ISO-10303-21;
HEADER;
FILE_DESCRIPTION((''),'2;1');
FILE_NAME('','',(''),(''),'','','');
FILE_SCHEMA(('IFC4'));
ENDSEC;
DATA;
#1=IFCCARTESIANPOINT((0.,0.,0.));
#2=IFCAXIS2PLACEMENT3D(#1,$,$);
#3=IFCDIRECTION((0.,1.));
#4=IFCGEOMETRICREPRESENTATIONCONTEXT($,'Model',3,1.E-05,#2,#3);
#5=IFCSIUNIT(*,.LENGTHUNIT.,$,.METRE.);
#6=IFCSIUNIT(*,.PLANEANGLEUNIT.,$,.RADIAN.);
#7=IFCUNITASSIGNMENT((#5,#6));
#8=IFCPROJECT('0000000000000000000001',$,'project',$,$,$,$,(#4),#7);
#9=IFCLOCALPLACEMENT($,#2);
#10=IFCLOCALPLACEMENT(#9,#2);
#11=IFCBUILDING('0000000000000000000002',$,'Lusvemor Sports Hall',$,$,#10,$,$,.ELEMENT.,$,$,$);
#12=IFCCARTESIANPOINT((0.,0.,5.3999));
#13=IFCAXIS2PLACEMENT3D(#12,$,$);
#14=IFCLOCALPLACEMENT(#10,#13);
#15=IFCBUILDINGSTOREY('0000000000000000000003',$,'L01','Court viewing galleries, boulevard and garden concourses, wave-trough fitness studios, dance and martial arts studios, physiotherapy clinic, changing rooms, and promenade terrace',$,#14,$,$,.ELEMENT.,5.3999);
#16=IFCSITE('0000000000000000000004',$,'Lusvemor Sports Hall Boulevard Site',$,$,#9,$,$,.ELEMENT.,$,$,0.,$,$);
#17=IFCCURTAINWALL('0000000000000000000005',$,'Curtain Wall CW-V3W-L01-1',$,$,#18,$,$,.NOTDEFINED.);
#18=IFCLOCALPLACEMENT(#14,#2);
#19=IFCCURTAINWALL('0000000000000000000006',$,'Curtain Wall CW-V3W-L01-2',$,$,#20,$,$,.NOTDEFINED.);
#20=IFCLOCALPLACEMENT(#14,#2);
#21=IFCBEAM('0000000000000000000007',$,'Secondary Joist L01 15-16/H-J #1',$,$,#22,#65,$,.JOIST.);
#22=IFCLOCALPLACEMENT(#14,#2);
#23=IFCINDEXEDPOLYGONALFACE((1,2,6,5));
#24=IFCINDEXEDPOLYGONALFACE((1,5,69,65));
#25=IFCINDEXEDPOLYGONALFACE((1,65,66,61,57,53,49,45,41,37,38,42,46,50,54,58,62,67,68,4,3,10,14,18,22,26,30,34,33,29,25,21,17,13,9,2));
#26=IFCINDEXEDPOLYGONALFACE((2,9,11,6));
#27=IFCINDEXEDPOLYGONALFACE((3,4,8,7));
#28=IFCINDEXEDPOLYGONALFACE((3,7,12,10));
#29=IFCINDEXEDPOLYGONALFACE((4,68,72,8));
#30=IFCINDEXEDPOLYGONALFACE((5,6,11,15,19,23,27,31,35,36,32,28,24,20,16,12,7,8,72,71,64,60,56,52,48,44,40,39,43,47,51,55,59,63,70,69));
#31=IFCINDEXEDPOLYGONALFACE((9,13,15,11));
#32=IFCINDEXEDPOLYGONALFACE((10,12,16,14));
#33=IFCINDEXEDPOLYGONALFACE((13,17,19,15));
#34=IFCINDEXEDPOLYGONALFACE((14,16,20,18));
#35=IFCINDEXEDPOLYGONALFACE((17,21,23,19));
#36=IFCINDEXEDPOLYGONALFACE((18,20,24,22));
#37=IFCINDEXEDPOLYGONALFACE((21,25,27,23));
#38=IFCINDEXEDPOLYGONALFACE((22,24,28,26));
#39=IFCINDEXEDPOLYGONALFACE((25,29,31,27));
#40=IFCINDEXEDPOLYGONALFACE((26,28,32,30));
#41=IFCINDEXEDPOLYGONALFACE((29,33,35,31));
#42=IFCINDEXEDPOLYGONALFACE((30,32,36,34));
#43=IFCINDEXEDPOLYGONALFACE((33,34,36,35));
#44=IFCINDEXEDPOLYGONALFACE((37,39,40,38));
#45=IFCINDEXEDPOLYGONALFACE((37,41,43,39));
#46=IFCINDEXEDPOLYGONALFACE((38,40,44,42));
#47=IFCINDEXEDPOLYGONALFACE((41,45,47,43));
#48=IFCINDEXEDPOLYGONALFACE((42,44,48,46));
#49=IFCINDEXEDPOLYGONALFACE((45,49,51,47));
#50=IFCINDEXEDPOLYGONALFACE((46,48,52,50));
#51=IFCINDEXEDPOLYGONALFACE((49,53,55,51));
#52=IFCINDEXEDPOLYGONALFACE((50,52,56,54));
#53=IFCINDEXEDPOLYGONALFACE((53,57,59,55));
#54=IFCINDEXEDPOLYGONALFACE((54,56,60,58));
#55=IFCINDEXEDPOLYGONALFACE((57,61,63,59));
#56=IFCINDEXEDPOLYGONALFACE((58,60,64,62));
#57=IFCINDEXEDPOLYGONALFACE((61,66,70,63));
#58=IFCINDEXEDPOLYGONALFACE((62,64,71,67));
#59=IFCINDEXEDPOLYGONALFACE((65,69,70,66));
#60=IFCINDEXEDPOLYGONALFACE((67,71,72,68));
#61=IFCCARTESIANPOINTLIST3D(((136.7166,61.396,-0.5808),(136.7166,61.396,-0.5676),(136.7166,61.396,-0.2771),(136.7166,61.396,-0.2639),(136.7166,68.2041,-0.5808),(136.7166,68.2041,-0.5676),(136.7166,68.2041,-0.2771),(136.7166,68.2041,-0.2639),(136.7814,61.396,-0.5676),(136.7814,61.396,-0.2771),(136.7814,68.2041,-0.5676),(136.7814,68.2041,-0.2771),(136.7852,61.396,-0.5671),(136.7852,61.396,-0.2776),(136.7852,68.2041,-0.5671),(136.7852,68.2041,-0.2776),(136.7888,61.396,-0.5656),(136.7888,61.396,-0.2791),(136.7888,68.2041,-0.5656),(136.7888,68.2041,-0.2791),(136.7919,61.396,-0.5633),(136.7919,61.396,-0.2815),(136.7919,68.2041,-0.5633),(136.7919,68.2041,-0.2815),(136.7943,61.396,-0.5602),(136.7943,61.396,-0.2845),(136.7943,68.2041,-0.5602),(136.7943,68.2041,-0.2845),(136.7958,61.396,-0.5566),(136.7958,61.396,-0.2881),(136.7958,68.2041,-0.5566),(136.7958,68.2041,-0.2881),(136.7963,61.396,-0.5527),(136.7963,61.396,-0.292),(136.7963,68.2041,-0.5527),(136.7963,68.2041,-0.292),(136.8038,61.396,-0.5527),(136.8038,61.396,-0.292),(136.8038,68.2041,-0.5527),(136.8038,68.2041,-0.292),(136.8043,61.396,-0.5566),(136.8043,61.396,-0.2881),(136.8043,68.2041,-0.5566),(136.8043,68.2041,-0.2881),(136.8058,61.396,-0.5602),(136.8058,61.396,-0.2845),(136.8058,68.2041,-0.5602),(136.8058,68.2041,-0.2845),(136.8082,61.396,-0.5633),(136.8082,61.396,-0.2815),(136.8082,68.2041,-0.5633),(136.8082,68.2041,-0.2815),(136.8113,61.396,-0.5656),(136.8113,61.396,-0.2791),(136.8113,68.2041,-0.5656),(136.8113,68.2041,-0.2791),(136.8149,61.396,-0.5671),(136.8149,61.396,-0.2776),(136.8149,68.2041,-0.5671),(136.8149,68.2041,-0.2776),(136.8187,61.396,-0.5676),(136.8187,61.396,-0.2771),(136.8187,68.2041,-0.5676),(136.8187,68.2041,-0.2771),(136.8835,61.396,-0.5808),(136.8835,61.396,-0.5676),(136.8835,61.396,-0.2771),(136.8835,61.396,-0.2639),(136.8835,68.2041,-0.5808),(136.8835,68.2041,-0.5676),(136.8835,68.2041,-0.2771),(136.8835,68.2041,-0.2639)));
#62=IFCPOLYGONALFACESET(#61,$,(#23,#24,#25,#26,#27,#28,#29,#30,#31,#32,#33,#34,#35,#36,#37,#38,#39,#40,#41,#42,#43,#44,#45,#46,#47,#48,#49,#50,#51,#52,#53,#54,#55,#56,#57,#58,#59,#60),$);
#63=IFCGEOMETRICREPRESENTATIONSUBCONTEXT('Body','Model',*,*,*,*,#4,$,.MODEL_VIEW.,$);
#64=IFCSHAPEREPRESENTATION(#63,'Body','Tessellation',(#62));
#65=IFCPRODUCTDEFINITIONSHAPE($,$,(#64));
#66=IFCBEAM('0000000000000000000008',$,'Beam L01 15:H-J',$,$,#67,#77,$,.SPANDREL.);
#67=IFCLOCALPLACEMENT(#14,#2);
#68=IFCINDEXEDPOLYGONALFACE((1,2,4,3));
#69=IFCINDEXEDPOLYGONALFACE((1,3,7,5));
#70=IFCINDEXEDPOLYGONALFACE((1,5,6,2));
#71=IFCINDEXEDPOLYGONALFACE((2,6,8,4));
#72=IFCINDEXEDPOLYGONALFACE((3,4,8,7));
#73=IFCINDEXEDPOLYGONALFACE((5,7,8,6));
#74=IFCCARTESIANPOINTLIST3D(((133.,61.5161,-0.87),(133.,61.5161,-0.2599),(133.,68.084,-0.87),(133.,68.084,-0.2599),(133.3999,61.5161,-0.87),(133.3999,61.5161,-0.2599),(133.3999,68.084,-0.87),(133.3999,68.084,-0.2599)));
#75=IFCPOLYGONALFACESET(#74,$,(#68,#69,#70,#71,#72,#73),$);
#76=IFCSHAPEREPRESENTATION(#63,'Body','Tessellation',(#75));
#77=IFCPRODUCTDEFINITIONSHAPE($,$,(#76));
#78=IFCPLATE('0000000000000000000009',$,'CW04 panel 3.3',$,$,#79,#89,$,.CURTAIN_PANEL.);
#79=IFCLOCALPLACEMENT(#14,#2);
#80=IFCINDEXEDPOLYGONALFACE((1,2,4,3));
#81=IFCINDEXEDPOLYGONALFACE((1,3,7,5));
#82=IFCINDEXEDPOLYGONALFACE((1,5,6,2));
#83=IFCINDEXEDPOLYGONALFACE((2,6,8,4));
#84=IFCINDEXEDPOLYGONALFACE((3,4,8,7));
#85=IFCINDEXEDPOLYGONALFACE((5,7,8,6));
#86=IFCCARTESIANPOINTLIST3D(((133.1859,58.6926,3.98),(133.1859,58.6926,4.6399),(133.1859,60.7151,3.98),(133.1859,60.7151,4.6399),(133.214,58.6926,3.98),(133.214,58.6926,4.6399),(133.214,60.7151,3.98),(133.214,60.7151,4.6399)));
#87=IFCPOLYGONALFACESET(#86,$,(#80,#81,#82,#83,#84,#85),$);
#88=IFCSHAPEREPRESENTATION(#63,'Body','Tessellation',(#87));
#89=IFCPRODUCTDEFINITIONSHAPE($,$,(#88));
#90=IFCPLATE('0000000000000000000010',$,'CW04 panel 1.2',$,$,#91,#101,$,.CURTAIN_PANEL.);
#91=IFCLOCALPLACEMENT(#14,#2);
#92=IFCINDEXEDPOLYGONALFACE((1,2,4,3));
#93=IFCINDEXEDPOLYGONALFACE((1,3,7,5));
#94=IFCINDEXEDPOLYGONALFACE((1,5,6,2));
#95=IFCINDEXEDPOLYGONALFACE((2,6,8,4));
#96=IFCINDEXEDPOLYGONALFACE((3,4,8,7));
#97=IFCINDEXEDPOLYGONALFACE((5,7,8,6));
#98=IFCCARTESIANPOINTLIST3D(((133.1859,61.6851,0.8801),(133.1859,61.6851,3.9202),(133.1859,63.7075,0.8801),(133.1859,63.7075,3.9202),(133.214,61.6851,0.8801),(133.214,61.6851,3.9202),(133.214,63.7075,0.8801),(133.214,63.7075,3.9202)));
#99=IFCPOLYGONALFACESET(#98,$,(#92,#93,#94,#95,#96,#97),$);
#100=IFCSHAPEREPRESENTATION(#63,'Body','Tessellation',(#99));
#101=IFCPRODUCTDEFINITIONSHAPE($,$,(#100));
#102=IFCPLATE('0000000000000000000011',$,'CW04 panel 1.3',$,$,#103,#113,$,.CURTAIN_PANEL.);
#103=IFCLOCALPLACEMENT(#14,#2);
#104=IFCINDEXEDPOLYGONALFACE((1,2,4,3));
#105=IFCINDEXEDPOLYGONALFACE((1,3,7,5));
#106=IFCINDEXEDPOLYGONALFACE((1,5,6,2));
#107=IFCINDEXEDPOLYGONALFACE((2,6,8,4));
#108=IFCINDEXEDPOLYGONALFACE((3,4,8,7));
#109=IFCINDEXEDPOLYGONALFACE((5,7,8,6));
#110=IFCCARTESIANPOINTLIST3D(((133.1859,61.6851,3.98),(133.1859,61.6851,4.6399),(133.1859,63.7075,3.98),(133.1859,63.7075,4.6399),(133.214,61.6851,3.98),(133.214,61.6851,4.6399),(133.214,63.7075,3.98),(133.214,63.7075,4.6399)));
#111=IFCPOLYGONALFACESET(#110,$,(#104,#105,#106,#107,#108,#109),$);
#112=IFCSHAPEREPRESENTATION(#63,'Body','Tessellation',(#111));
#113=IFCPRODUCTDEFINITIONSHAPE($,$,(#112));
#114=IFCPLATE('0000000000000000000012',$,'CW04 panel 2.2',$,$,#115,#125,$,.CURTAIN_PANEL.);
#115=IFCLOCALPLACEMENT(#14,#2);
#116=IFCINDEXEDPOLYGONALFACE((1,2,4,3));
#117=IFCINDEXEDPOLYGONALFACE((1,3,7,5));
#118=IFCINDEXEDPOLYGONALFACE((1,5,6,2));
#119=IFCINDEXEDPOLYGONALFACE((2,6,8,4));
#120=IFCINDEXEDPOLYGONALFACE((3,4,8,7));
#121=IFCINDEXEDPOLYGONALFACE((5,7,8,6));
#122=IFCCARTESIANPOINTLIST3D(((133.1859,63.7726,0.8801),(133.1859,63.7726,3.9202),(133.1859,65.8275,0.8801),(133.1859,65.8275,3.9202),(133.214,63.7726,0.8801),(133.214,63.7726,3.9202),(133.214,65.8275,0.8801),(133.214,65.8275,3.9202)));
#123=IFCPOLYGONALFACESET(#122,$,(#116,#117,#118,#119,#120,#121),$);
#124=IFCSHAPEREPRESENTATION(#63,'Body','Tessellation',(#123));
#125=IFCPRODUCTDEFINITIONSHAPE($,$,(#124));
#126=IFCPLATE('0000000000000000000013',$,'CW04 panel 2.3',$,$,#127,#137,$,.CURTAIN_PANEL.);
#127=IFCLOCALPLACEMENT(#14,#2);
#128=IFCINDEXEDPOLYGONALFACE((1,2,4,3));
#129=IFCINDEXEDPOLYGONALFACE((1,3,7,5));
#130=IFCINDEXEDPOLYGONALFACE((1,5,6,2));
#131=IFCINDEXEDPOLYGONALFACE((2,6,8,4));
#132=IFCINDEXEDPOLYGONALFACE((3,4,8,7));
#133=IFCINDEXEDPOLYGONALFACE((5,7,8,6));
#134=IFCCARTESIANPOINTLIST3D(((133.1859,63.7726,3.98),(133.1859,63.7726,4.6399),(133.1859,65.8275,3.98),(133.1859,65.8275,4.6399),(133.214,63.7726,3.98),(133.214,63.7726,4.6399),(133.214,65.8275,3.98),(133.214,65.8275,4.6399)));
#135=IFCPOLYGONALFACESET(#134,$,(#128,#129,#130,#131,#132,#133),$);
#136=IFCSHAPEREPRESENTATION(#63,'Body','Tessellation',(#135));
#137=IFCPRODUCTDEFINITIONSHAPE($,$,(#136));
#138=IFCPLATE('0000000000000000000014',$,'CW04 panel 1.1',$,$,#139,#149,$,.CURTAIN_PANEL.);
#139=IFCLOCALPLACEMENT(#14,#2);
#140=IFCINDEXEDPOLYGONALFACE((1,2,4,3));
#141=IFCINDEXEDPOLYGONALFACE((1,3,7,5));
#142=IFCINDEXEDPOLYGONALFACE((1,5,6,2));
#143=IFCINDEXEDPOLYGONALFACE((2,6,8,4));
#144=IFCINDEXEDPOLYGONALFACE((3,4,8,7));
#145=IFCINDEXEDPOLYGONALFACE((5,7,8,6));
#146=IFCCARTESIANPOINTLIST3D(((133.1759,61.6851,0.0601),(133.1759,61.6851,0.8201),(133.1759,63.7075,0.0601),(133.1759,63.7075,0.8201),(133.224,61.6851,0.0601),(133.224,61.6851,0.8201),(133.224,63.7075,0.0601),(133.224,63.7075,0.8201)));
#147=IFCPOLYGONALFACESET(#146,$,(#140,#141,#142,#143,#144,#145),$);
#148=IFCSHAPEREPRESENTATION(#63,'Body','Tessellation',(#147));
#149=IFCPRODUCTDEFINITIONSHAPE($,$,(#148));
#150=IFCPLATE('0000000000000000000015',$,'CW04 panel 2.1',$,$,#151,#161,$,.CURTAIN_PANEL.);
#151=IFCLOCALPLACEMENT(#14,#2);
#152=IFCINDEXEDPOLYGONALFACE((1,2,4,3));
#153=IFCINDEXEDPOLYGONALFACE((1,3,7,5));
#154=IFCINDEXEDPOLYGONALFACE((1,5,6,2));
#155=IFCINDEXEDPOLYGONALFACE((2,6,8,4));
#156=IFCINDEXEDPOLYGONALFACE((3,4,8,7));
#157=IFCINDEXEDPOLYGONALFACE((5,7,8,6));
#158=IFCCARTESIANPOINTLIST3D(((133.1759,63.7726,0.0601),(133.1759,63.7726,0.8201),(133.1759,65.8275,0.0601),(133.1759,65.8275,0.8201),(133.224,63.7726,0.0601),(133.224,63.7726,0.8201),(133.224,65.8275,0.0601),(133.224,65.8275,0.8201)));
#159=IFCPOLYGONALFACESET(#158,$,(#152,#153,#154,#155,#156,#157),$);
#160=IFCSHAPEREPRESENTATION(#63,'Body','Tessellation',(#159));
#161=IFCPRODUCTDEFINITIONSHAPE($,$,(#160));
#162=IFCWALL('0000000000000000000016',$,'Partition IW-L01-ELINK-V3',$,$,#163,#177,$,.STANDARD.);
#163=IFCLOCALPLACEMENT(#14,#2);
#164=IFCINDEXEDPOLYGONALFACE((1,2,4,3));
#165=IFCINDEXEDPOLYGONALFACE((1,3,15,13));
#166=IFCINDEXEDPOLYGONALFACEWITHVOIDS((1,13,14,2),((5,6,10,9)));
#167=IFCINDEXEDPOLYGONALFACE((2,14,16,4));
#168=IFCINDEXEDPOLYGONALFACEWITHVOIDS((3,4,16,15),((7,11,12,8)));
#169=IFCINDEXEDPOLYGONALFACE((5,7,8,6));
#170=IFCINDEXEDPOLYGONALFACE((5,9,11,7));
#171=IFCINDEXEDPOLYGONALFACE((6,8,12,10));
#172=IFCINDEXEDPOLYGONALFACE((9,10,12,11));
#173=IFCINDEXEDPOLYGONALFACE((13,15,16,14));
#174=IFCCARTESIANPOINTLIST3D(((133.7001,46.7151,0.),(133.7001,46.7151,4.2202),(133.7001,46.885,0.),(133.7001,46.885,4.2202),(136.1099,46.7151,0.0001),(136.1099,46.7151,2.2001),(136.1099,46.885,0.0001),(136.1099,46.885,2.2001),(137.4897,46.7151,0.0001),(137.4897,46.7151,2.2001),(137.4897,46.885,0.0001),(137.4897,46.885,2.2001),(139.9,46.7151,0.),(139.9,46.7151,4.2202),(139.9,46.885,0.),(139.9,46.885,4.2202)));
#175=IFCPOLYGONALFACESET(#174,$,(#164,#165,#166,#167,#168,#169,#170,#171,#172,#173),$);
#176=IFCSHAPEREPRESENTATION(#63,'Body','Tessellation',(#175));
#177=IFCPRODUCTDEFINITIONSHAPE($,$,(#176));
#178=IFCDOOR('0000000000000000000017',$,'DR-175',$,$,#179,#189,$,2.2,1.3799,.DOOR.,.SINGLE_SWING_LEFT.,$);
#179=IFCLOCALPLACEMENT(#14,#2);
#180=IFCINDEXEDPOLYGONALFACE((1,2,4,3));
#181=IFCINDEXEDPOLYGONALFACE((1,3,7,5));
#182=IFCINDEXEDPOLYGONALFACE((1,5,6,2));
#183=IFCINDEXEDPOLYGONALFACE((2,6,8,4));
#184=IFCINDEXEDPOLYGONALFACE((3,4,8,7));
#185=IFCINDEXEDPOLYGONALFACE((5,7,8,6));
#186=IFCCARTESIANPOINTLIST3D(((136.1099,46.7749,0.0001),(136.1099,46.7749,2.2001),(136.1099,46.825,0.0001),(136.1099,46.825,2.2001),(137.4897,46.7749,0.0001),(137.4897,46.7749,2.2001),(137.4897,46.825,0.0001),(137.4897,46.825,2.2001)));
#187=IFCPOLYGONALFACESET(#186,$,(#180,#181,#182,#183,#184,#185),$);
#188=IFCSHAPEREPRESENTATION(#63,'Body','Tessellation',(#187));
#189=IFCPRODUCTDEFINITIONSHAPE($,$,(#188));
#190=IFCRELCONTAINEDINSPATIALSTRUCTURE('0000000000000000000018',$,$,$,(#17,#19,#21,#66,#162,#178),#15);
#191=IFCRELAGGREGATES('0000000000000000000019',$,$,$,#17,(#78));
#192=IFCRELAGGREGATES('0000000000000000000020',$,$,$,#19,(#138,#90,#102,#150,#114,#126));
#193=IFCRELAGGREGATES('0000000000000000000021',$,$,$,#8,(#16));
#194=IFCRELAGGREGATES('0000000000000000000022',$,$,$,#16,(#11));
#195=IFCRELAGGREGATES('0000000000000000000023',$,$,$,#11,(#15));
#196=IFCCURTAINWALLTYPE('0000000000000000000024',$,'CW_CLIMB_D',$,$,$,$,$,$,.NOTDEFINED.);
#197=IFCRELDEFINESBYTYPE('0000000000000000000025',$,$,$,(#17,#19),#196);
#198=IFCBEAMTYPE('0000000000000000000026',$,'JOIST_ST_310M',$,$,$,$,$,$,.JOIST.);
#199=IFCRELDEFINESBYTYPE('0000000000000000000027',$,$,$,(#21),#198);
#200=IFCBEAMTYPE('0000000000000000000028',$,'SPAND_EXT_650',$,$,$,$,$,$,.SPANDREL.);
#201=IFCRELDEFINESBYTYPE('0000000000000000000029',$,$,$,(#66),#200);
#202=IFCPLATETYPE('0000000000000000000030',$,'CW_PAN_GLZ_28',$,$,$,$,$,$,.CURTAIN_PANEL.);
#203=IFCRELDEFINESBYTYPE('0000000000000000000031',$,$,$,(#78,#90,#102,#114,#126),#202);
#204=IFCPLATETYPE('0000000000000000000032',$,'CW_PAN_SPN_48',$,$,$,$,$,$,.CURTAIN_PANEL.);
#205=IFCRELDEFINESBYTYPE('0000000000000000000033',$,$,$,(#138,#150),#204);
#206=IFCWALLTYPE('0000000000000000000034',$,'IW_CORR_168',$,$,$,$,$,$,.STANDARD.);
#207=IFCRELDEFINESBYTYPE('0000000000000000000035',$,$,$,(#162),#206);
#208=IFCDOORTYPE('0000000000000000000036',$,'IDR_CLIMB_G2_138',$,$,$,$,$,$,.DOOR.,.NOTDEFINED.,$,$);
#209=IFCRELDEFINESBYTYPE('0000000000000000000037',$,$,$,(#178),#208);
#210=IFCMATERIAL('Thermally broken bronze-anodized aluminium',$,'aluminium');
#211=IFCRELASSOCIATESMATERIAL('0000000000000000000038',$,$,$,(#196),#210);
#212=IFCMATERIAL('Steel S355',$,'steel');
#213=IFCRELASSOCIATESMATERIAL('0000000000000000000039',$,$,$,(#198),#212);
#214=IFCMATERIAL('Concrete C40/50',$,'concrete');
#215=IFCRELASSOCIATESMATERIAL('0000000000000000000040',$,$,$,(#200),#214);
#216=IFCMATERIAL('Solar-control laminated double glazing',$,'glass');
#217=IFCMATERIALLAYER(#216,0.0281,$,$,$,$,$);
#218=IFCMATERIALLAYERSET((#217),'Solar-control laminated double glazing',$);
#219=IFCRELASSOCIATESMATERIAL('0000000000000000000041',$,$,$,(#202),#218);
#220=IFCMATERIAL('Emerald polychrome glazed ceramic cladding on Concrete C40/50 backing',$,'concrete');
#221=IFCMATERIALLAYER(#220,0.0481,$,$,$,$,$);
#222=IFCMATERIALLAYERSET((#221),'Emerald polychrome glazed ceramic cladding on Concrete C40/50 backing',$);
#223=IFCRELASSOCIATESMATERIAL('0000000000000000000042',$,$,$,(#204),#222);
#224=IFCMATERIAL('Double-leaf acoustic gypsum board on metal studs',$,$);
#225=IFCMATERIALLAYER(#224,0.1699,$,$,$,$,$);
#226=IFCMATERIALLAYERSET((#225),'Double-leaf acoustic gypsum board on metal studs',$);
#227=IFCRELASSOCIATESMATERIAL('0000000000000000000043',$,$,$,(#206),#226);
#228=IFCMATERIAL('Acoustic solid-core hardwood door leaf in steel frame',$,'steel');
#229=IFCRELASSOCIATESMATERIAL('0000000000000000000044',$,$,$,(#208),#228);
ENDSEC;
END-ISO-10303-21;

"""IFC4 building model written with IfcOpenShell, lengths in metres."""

from ifc_helpers import new_model, si_unit, direction, frame, frame_2d, origin, origin_2d, place, context, subcontext, project, spatial, rectangle, i_section, extrude, material, layer, layer_set, material_profile, profile_set, type_object, element, fill, aggregate, save


model = new_model("IFC4")

# Units and contexts
model_context = context("Model", 3, precision=1e-05, world=origin(), true_north=direction((0.0, 1.0)))
body_context = subcontext(model_context, "Body", "Model", "MODEL_VIEW")
ifc_project = project(units=[si_unit("LENGTHUNIT", "METRE"), si_unit("PLANEANGLEUNIT", "RADIAN")], contexts=[model_context])

# Site, building, storey
site_placement = place(None, origin())
site = spatial("IfcSite", under=ifc_project, at=site_placement, Name="Lusvemor Sports Hall Boulevard Site", CompositionType="ELEMENT", RefElevation=0.0)
building_placement = place(site_placement, origin())
building = spatial("IfcBuilding", under=site, at=building_placement, Name="Lusvemor Sports Hall", CompositionType="ELEMENT")
storey_placement = place(building_placement, frame((0.0, 0.0, 5.3999)))
storey = spatial("IfcBuildingStorey", under=building, at=storey_placement, Name="L01", Description="Court viewing galleries, boulevard and garden concourses, wave-trough fitness studios, dance and martial arts studios, physiotherapy clinic, changing rooms, and promenade terrace", CompositionType="ELEMENT", Elevation=5.3999)

# Curtain wall
ifc_material_1 = material(Name="Thermally broken bronze-anodized aluminium", Category="aluminium")
curtain_wall_type = type_object("IfcCurtainWallType", Name="CW_CLIMB_D", PredefinedType="NOTDEFINED", material=ifc_material_1)
curtain_wall_1_placement = place(storey_placement, origin())
curtain_wall_1 = element("IfcCurtainWall", 1, at=curtain_wall_1_placement, inside=storey, type_object=curtain_wall_type, Name="Curtain Wall CW-V3W-L01-1", PredefinedType="NOTDEFINED")

# Curtain wall
curtain_wall_2_placement = place(storey_placement, origin())
curtain_wall_2 = element("IfcCurtainWall", 2, at=curtain_wall_2_placement, inside=storey, type_object=curtain_wall_type, Name="Curtain Wall CW-V3W-L01-2", PredefinedType="NOTDEFINED")

# Beams
ifc_material_2 = material(Name="Steel S355", Category="steel")
ifc_material_profile_1 = material_profile(ifc_material_2, i_section(OverallWidth=0.167, OverallDepth=0.3169, WebThickness=0.0076, FlangeThickness=0.0132, FilletRadius=0.0149, at=origin_2d()), Name="W310x52.0")
ifc_profile_set_1 = profile_set([ifc_material_profile_1], Name="Steel S355")
beam_type_1 = type_object("IfcBeamType", Name="JOIST_ST_310M", PredefinedType="JOIST", material=ifc_profile_set_1)
beam_1_placement = place(storey_placement, frame((136.8, 61.396, -0.4224), z_axis=(0.0, 1.0, 0.0), x_axis=(-1.0, 0.0, 0.0)))
element("IfcBeam", 3, at=beam_1_placement, inside=storey, type_object=beam_type_1, Name="Secondary Joist L01 15-16/H-J #1", PredefinedType="JOIST", context=body_context, shape_type="SweptSolid", body=[
    extrude(i_section(OverallWidth=0.167, OverallDepth=0.3169, WebThickness=0.0076, FlangeThickness=0.0132, FilletRadius=0.0149, at=origin_2d()), origin(), (0.0, 0.0, 1.0), 6.8081),
])
ifc_material_3 = material(Name="Concrete C40/50", Category="concrete")
ifc_material_profile_2 = material_profile(ifc_material_3, rectangle(XDim=0.3999, YDim=0.6101, at=origin_2d()), Name="RC400x610")
ifc_profile_set_2 = profile_set([ifc_material_profile_2], Name="Concrete C40/50")
beam_type_2 = type_object("IfcBeamType", Name="SPAND_EXT_650", PredefinedType="SPANDREL", material=ifc_profile_set_2)
beam_2_placement = place(storey_placement, frame((133.2, 61.5161, -0.5649), z_axis=(0.0, 1.0, 0.0), x_axis=(-1.0, 0.0, 0.0)))
element("IfcBeam", 4, at=beam_2_placement, inside=storey, type_object=beam_type_2, Name="Beam L01 15:H-J", PredefinedType="SPANDREL", context=body_context, shape_type="SweptSolid", body=[
    extrude(rectangle(XDim=0.3999, YDim=0.6101, at=origin_2d()), origin(), (0.0, 0.0, 1.0), 6.5679),
])

# Plates
ifc_material_4 = material(Name="Solar-control laminated double glazing", Category="glass")
ifc_layer_1 = layer(ifc_material_4, 0.0281)
ifc_layer_set_1 = layer_set([ifc_layer_1], Name="Solar-control laminated double glazing")
plate_type_1 = type_object("IfcPlateType", Name="CW_PAN_GLZ_28", PredefinedType="CURTAIN_PANEL", material=ifc_layer_set_1)
plate_1_placement = place(storey_placement, frame((133.2, 59.7039, 3.98), z_axis=(0.0, 0.0, 1.0), x_axis=(0.0, 1.0, 0.0)))
plate_1 = element("IfcPlate", 5, at=plate_1_placement, type_object=plate_type_1, Name="CW04 panel 3.3", PredefinedType="CURTAIN_PANEL", context=body_context, shape_type="SweptSolid", body=[
    extrude(rectangle(XDim=2.0225, YDim=0.0281, at=origin_2d()), origin(), (0.0, 0.0, 1.0), 0.6599),
])
aggregate(curtain_wall_1, [plate_1])
plate_2_placement = place(storey_placement, frame((133.2, 62.6963, 0.8801), z_axis=(0.0, 0.0, 1.0), x_axis=(0.0, 1.0, 0.0)))
plate_2 = element("IfcPlate", 6, at=plate_2_placement, type_object=plate_type_1, Name="CW04 panel 1.2", PredefinedType="CURTAIN_PANEL", context=body_context, shape_type="SweptSolid", body=[
    extrude(rectangle(XDim=2.0225, YDim=0.0281, at=origin_2d()), origin(), (0.0, 0.0, 1.0), 3.04),
])
plate_3_placement = place(storey_placement, frame((133.2, 62.6963, 3.98), z_axis=(0.0, 0.0, 1.0), x_axis=(0.0, 1.0, 0.0)))
plate_3 = element("IfcPlate", 7, at=plate_3_placement, type_object=plate_type_1, Name="CW04 panel 1.3", PredefinedType="CURTAIN_PANEL", context=body_context, shape_type="SweptSolid", body=[
    extrude(rectangle(XDim=2.0225, YDim=0.0281, at=origin_2d()), origin(), (0.0, 0.0, 1.0), 0.6599),
])
plate_4_placement = place(storey_placement, frame((133.2, 64.8, 0.8801), z_axis=(0.0, 0.0, 1.0), x_axis=(0.0, 1.0, 0.0)))
plate_4 = element("IfcPlate", 8, at=plate_4_placement, type_object=plate_type_1, Name="CW04 panel 2.2", PredefinedType="CURTAIN_PANEL", context=body_context, shape_type="SweptSolid", body=[
    extrude(rectangle(XDim=2.0549, YDim=0.0281, at=origin_2d()), origin(), (0.0, 0.0, 1.0), 3.04),
])
plate_5_placement = place(storey_placement, frame((133.2, 64.8, 3.98), z_axis=(0.0, 0.0, 1.0), x_axis=(0.0, 1.0, 0.0)))
plate_5 = element("IfcPlate", 9, at=plate_5_placement, type_object=plate_type_1, Name="CW04 panel 2.3", PredefinedType="CURTAIN_PANEL", context=body_context, shape_type="SweptSolid", body=[
    extrude(rectangle(XDim=2.0549, YDim=0.0281, at=origin_2d()), origin(), (0.0, 0.0, 1.0), 0.6599),
])
ifc_material_5 = material(Name="Emerald polychrome glazed ceramic cladding on Concrete C40/50 backing", Category="concrete")
ifc_layer_2 = layer(ifc_material_5, 0.0481)
ifc_layer_set_2 = layer_set([ifc_layer_2], Name="Emerald polychrome glazed ceramic cladding on Concrete C40/50 backing")
plate_type_2 = type_object("IfcPlateType", Name="CW_PAN_SPN_48", PredefinedType="CURTAIN_PANEL", material=ifc_layer_set_2)
plate_6_placement = place(storey_placement, frame((133.2, 62.6963, 0.0601), z_axis=(0.0, 0.0, 1.0), x_axis=(0.0, 1.0, 0.0)))
plate_6 = element("IfcPlate", 10, at=plate_6_placement, type_object=plate_type_2, Name="CW04 panel 1.1", PredefinedType="CURTAIN_PANEL", context=body_context, shape_type="SweptSolid", body=[
    extrude(rectangle(XDim=2.0225, YDim=0.0481, at=origin_2d()), origin(), (0.0, 0.0, 1.0), 0.76),
])
plate_7_placement = place(storey_placement, frame((133.2, 64.8, 0.0601), z_axis=(0.0, 0.0, 1.0), x_axis=(0.0, 1.0, 0.0)))
plate_7 = element("IfcPlate", 11, at=plate_7_placement, type_object=plate_type_2, Name="CW04 panel 2.1", PredefinedType="CURTAIN_PANEL", context=body_context, shape_type="SweptSolid", body=[
    extrude(rectangle(XDim=2.0549, YDim=0.0481, at=origin_2d()), origin(), (0.0, 0.0, 1.0), 0.76),
])
aggregate(curtain_wall_2, [plate_6, plate_2, plate_3, plate_7, plate_4, plate_5])

# Wall, opening, door
ifc_material_6 = material(Name="Double-leaf acoustic gypsum board on metal studs")
ifc_layer_3 = layer(ifc_material_6, 0.1699)
ifc_layer_set_3 = layer_set([ifc_layer_3], Name="Double-leaf acoustic gypsum board on metal studs")
wall_type = type_object("IfcWallType", Name="IW_CORR_168", PredefinedType="STANDARD", material=ifc_layer_set_3)
wall_placement = place(storey_placement, frame((133.7, 46.8, 0.0), z_axis=(0.0, 0.0, 1.0), x_axis=(1.0, 0.0, 0.0)))
wall = element("IfcWall", 12, at=wall_placement, inside=storey, type_object=wall_type, Name="Partition IW-L01-ELINK-V3", PredefinedType="STANDARD", context=body_context, shape_type="SweptSolid", body=[
    extrude(rectangle(XDim=6.2, YDim=0.1699, at=frame_2d((3.1001, 0.0))), origin(), (0.0, 0.0, 1.0), 4.2202),
])
opening_placement = place(wall_placement, frame((2.4099, 0.0, 0.0)))
opening = element("IfcOpeningElement", 13, at=opening_placement, cuts=wall, PredefinedType="OPENING", context=body_context, shape_type="SweptSolid", body=[
    extrude(rectangle(XDim=1.3799, YDim=2.2, at=frame_2d((0.6899, 1.1001))), frame((0.0, 0.085, 0.0), z_axis=(0.0, -1.0, 0.0), x_axis=(1.0, 0.0, 0.0)), (0.0, 0.0, 1.0), 0.1699),
])
ifc_material_7 = material(Name="Acoustic solid-core hardwood door leaf in steel frame", Category="steel")
door_type = type_object("IfcDoorType", Name="IDR_CLIMB_G2_138", OperationType="NOTDEFINED", PredefinedType="DOOR", material=ifc_material_7)
door_placement = place(opening_placement, origin())
door = element("IfcDoor", 14, at=door_placement, inside=storey, type_object=door_type, Name="DR-175", OperationType="SINGLE_SWING_LEFT", OverallHeight=2.2, OverallWidth=1.3799, PredefinedType="DOOR", context=body_context, shape_type="SweptSolid", body=[
    extrude(rectangle(XDim=1.3799, YDim=2.2, at=frame_2d((0.6899, 1.1001))), frame((0.0, 0.0249, 0.0), z_axis=(0.0, -1.0, 0.0), x_axis=(1.0, 0.0, 0.0)), (0.0, 0.0, 1.0), 0.05),
])
fill(opening, door)

save(model, "model.ifc")
